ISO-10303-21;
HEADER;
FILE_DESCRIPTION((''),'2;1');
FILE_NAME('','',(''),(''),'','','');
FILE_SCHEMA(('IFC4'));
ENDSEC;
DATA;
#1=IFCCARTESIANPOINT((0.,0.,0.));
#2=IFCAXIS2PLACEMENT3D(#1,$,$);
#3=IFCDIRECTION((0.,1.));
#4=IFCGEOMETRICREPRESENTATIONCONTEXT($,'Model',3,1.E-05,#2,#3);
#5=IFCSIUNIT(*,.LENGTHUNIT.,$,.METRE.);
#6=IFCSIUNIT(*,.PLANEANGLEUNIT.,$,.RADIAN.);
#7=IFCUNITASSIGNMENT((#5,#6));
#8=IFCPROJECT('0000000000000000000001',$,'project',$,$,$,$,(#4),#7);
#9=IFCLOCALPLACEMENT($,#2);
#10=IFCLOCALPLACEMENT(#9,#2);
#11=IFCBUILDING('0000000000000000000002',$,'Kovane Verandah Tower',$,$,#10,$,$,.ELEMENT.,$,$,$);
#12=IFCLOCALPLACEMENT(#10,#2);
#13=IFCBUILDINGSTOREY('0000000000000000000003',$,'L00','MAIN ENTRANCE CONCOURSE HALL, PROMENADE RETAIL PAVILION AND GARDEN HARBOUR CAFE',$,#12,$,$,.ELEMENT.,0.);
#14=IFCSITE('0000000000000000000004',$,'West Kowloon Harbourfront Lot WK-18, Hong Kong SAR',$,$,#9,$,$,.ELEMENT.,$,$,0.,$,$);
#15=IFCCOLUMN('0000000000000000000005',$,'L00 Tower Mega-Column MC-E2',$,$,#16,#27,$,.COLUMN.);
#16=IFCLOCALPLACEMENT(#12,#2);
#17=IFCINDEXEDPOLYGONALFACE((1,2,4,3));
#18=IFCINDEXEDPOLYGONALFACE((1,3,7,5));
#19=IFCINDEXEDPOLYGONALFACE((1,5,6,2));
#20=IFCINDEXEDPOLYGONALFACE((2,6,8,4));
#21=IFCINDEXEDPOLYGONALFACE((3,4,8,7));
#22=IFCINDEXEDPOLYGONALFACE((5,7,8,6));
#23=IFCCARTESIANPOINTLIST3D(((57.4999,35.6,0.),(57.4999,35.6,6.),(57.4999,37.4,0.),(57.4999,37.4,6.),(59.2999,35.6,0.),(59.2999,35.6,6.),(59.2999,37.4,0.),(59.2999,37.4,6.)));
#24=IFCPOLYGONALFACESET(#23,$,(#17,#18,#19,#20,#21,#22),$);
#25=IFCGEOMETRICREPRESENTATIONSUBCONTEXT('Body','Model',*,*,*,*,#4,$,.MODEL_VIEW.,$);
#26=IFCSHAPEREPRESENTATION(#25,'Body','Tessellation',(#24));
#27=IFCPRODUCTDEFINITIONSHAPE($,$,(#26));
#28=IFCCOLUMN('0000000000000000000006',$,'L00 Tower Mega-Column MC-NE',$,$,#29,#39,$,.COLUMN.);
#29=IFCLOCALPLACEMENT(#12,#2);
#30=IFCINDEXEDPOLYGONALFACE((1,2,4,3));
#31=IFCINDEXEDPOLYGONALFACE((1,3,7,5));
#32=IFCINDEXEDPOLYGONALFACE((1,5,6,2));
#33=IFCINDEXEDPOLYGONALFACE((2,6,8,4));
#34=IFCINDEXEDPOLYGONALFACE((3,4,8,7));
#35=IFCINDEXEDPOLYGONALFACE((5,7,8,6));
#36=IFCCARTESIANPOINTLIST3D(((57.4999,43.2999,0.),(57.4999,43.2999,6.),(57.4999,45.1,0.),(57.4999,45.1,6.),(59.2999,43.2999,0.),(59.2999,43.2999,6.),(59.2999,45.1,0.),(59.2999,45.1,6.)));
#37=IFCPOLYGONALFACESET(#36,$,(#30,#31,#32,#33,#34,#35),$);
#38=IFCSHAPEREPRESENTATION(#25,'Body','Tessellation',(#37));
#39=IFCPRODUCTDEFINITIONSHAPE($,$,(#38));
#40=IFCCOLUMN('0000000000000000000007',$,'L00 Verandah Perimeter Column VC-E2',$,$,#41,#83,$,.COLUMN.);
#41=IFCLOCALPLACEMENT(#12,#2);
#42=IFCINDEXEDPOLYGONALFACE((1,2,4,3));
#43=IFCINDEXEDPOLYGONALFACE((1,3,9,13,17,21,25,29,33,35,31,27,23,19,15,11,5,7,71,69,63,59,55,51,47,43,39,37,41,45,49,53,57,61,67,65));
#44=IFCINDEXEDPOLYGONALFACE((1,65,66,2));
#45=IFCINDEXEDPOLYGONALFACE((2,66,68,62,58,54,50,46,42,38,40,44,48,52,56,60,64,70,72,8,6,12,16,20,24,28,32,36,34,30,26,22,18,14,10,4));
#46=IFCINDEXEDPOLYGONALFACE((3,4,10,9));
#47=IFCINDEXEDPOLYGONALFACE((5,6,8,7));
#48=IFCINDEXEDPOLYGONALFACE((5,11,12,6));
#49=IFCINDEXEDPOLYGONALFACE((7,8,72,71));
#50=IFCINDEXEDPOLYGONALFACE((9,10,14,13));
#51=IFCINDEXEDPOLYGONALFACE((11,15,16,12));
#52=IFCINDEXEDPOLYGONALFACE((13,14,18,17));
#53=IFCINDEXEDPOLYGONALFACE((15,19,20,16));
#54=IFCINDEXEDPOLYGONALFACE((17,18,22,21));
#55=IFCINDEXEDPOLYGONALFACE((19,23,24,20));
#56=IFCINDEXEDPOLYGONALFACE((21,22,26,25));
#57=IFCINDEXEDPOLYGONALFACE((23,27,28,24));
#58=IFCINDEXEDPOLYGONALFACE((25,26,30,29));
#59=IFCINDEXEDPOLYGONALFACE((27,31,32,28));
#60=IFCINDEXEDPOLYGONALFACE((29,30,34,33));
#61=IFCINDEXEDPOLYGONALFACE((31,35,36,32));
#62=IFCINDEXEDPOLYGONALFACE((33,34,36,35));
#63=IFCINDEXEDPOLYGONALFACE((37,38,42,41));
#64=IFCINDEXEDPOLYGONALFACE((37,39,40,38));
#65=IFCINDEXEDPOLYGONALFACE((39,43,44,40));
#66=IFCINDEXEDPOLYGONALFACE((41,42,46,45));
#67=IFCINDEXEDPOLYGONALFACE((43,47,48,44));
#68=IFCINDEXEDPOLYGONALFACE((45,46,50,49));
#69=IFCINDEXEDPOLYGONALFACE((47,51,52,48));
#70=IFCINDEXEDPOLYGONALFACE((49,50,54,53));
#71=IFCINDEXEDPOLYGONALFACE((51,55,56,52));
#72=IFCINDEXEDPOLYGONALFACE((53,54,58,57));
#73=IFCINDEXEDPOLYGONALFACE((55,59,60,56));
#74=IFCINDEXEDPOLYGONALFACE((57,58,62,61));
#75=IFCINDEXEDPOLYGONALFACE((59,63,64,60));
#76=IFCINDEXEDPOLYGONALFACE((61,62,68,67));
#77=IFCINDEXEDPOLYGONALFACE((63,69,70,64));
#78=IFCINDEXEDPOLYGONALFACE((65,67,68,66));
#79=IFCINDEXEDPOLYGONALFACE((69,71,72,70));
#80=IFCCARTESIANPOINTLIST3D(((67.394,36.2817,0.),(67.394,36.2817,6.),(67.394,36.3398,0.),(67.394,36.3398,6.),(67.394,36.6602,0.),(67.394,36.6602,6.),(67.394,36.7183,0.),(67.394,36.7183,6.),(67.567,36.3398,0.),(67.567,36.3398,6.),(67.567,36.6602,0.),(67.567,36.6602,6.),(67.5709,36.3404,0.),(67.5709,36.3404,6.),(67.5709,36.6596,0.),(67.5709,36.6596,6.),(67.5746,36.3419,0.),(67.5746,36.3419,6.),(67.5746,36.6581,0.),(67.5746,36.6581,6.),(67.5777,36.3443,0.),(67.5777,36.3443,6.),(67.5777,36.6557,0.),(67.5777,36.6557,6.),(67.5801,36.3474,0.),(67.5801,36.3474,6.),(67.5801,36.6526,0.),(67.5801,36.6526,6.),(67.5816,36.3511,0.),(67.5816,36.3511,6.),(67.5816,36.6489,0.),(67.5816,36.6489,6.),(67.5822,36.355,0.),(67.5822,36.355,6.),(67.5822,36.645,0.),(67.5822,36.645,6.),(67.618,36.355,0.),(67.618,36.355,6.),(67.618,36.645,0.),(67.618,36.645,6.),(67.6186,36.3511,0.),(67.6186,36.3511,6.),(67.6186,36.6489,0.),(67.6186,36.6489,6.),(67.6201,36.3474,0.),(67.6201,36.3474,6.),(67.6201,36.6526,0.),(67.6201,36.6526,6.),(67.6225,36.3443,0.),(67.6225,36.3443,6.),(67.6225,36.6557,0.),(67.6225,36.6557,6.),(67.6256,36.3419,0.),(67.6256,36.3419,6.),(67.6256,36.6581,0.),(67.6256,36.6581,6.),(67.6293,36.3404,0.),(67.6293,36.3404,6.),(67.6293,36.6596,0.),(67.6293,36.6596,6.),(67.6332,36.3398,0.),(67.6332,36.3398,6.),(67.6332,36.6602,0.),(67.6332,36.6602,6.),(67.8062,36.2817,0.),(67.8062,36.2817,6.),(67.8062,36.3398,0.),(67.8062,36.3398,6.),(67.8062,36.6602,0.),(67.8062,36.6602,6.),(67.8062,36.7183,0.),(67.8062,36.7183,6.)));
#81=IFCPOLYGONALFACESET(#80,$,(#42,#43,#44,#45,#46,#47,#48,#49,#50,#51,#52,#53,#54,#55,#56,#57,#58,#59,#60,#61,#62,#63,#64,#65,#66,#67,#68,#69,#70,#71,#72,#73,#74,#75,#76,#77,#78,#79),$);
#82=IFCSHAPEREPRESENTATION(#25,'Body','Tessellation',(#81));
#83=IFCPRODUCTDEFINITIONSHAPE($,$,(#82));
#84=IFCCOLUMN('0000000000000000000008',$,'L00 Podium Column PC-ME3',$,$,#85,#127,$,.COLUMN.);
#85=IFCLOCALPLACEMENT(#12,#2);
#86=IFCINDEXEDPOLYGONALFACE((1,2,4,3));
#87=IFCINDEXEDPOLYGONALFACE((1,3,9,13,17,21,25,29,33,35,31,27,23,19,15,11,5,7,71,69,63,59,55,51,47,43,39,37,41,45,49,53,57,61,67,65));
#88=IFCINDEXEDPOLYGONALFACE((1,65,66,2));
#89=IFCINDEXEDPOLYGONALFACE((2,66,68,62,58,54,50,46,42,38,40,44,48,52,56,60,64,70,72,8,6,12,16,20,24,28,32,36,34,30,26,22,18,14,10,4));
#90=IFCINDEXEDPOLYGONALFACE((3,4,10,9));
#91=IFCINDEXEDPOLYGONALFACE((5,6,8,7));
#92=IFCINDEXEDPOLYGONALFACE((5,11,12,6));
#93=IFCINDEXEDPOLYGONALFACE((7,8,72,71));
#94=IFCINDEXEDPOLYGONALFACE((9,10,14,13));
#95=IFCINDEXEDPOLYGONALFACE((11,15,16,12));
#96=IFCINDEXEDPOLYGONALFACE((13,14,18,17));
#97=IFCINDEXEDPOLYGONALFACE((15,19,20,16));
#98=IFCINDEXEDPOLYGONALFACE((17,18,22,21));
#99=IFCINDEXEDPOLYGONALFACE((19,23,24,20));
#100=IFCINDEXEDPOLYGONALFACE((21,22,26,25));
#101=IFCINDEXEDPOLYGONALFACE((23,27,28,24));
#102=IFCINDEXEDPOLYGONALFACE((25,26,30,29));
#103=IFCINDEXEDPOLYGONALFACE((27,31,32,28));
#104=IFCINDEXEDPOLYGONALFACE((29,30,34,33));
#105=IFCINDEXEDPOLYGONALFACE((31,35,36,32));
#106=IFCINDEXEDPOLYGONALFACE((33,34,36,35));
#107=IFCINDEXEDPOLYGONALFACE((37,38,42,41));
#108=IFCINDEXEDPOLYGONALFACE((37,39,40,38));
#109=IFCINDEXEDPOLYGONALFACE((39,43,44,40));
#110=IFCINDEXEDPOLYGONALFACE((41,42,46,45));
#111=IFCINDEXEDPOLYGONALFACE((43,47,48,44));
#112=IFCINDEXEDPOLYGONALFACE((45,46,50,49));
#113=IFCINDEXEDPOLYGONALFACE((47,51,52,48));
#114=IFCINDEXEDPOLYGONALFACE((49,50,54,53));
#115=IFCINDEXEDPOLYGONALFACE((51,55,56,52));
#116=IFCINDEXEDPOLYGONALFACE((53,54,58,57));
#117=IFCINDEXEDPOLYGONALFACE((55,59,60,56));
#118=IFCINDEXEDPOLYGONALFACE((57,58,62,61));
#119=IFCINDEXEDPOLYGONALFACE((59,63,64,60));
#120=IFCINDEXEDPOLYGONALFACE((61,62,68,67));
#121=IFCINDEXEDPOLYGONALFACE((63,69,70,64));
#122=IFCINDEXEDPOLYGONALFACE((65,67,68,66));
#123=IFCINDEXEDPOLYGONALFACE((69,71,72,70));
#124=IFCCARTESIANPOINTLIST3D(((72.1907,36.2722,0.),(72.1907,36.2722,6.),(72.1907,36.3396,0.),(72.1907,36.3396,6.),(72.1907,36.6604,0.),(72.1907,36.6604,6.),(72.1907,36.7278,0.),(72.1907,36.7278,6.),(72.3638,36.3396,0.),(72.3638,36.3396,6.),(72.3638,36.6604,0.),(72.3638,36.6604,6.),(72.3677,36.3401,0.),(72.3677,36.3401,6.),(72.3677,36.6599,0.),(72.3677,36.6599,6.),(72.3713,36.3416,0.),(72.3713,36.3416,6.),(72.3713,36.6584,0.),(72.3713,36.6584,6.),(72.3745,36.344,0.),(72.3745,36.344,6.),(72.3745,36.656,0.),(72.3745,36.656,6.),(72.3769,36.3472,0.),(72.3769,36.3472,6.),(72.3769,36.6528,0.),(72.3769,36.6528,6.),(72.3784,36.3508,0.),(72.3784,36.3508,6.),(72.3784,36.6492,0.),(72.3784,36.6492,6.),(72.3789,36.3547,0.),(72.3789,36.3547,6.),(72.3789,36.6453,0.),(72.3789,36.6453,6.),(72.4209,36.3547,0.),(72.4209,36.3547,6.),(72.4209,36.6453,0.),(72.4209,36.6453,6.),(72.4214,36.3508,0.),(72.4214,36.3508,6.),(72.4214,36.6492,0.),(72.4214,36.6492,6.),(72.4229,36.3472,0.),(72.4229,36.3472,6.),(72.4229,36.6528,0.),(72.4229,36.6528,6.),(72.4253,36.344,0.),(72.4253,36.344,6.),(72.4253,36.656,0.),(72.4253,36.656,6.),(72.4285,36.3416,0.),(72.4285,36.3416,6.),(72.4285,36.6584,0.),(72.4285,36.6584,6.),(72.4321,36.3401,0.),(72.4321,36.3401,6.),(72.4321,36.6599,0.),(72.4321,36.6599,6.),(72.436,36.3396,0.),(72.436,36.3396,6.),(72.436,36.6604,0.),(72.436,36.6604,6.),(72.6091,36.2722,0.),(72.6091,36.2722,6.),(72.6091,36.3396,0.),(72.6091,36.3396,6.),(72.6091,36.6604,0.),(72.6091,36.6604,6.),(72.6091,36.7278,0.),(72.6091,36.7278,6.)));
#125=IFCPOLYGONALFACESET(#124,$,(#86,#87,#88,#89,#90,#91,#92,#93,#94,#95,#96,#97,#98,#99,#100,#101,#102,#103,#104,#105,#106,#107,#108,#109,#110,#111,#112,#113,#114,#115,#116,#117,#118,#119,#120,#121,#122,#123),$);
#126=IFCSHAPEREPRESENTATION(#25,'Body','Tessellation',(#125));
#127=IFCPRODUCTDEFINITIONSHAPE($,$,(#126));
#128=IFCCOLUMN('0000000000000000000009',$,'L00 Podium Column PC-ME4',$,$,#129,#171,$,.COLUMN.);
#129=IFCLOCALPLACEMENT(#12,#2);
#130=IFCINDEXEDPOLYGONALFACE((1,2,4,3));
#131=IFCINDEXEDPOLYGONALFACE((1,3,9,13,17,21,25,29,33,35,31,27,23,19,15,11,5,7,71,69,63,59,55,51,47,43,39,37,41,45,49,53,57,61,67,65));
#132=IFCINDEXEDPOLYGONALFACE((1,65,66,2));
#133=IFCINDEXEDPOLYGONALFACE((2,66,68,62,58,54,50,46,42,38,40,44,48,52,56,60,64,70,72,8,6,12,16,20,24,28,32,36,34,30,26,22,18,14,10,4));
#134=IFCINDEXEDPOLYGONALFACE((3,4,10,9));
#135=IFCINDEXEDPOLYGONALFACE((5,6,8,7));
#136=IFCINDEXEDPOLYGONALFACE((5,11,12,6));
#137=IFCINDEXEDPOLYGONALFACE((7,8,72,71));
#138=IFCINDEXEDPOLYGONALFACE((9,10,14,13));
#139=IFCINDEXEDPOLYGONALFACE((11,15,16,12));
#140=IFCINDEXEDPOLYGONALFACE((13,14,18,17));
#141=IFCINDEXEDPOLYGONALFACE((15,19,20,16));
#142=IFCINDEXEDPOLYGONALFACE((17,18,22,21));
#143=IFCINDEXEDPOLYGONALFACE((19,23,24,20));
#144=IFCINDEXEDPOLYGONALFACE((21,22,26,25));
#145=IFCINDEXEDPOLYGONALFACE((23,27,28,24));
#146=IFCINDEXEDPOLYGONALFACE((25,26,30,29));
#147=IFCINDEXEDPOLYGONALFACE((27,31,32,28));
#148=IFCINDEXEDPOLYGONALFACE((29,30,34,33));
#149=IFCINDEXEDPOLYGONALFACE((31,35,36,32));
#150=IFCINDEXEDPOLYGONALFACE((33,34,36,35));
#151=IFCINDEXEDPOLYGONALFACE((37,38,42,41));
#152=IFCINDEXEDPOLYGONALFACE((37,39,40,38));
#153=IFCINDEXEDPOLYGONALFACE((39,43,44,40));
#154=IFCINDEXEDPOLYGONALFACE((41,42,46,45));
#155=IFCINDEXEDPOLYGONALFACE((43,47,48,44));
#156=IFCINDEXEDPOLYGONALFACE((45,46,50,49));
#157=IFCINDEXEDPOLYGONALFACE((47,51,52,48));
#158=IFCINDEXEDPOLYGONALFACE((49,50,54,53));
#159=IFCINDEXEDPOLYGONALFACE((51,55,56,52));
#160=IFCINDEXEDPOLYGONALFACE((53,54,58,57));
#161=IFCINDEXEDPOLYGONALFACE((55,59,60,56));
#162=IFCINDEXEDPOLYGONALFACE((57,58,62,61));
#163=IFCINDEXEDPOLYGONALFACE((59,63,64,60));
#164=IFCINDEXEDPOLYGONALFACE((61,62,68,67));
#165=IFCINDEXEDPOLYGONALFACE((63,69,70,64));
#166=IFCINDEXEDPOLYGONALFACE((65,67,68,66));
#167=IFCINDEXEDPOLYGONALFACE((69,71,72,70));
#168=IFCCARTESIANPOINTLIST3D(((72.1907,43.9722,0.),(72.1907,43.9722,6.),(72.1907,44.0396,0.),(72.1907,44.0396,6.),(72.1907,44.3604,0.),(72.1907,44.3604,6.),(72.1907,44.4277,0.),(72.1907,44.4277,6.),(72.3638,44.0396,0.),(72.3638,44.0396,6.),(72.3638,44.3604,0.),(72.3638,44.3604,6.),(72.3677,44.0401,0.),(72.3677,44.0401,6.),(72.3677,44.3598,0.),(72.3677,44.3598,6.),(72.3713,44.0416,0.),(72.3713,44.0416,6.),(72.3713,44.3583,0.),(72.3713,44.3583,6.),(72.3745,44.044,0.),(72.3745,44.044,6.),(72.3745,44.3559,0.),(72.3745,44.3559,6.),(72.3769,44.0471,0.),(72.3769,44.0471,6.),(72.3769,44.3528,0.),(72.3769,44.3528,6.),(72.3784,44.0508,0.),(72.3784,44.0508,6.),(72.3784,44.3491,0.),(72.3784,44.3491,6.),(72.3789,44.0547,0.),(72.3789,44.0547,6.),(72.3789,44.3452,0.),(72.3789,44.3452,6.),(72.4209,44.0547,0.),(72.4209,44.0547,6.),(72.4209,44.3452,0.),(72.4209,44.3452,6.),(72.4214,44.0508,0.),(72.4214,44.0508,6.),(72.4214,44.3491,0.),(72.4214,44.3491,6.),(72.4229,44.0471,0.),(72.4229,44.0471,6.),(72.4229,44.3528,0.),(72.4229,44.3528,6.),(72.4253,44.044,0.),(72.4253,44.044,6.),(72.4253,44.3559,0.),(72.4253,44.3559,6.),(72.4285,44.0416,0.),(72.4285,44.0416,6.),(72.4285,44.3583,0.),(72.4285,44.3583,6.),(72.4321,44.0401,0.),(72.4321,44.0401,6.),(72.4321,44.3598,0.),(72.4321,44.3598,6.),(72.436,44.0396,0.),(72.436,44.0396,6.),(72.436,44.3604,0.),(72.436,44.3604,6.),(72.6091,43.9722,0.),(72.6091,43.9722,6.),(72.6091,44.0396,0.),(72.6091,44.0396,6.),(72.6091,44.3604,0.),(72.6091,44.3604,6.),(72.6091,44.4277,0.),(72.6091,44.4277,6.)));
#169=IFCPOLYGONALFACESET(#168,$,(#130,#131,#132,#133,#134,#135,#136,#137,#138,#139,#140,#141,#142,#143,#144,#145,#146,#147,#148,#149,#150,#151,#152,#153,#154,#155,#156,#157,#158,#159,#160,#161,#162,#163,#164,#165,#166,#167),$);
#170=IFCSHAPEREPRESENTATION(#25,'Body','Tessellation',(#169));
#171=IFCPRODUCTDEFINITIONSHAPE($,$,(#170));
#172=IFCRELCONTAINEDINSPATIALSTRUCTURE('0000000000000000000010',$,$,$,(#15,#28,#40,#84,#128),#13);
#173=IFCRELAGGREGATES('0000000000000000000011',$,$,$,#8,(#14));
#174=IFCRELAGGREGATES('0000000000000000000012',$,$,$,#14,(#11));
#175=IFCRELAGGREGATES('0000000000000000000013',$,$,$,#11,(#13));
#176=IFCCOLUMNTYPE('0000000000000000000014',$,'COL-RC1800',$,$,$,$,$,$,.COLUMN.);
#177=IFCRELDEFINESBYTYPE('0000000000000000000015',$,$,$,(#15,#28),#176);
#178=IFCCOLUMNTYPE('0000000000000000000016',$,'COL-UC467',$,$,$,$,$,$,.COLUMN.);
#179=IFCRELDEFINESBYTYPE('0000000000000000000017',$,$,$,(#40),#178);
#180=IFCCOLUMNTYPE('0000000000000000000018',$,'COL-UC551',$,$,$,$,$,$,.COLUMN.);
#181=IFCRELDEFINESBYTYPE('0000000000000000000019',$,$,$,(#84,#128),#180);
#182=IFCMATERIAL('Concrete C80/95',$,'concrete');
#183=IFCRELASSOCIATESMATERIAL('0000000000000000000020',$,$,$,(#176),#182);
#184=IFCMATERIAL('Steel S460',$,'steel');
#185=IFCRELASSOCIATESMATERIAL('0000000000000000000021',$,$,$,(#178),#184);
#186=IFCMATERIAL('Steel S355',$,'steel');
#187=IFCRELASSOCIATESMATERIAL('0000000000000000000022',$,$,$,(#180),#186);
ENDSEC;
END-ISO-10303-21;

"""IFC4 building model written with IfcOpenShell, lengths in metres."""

from ifc_helpers import new_model, si_unit, direction, frame, origin, origin_2d, place, context, subcontext, project, spatial, rectangle, i_section, extrude, material, material_profile, profile_set, type_object, element, save


model = new_model("IFC4")

# Units and contexts
model_context = context("Model", 3, precision=1e-05, world=origin(), true_north=direction((0.0, 1.0)))
body_context = subcontext(model_context, "Body", "Model", "MODEL_VIEW")
ifc_project = project(units=[si_unit("LENGTHUNIT", "METRE"), si_unit("PLANEANGLEUNIT", "RADIAN")], contexts=[model_context])

# Site, building, storey
site_placement = place(None, origin())
site = spatial("IfcSite", under=ifc_project, at=site_placement, Name="West Kowloon Harbourfront Lot WK-18, Hong Kong SAR", CompositionType="ELEMENT", RefElevation=0.0)
building_placement = place(site_placement, origin())
building = spatial("IfcBuilding", under=site, at=building_placement, Name="Kovane Verandah Tower", CompositionType="ELEMENT")
storey_placement = place(building_placement, origin())
storey = spatial("IfcBuildingStorey", under=building, at=storey_placement, Name="L00", Description="MAIN ENTRANCE CONCOURSE HALL, PROMENADE RETAIL PAVILION AND GARDEN HARBOUR CAFE", CompositionType="ELEMENT", Elevation=0.0)

# Columns
ifc_material_1 = material(Name="Concrete C80/95", Category="concrete")
ifc_material_profile_1 = material_profile(ifc_material_1, rectangle(XDim=1.8, YDim=1.8, at=origin_2d()), Name="RC1800x1800")
ifc_profile_set_1 = profile_set([ifc_material_profile_1], Name="Concrete C80/95")
column_type_1 = type_object("IfcColumnType", Name="COL-RC1800", PredefinedType="COLUMN", material=ifc_profile_set_1)
for number, where, z_axis, x_axis, name in (
    (1, (58.3999, 36.5, 0.0), (0.0, 0.0, 1.0), (1.0, 0.0, 0.0), "L00 Tower Mega-Column MC-E2"),
    (2, (58.3999, 44.2, 0.0), (0.0, 0.0, 1.0), (1.0, 0.0, 0.0), "L00 Tower Mega-Column MC-NE"),
):
    element("IfcColumn", number, at=place(storey_placement, frame(where, z_axis=z_axis, x_axis=x_axis)), inside=storey, type_object=column_type_1, Name=name, PredefinedType="COLUMN", context=body_context, shape_type="SweptSolid", body=[
        extrude(rectangle(XDim=1.8, YDim=1.8, at=origin_2d()), origin(), (0.0, 0.0, 1.0), 6.0),
    ])
ifc_material_2 = material(Name="Steel S460", Category="steel")
ifc_material_profile_2 = material_profile(ifc_material_2, i_section(OverallWidth=0.4121, OverallDepth=0.4365, WebThickness=0.0359, FlangeThickness=0.0581, FilletRadius=0.0151, at=origin_2d()), Name="UC356x406x467")
ifc_profile_set_2 = profile_set([ifc_material_profile_2], Name="Steel S460")
column_type_2 = type_object("IfcColumnType", Name="COL-UC467", PredefinedType="COLUMN", material=ifc_profile_set_2)
column_placement = place(storey_placement, frame((67.6001, 36.5, 0.0), z_axis=(0.0, 0.0, 1.0), x_axis=(1.0, 0.0, 0.0)))
element("IfcColumn", 3, at=column_placement, inside=storey, type_object=column_type_2, Name="L00 Verandah Perimeter Column VC-E2", PredefinedType="COLUMN", context=body_context, shape_type="SweptSolid", body=[
    extrude(i_section(OverallWidth=0.4121, OverallDepth=0.4365, WebThickness=0.0359, FlangeThickness=0.0581, FilletRadius=0.0151, at=origin_2d()), origin(), (0.0, 0.0, 1.0), 6.0),
])
ifc_material_3 = material(Name="Steel S355", Category="steel")
ifc_material_profile_3 = material_profile(ifc_material_3, i_section(OverallWidth=0.4185, OverallDepth=0.4556, WebThickness=0.042, FlangeThickness=0.0674, FilletRadius=0.0151, at=origin_2d()), Name="UC356x406x551")
ifc_profile_set_3 = profile_set([ifc_material_profile_3], Name="Steel S355")
column_type_3 = type_object("IfcColumnType", Name="COL-UC551", PredefinedType="COLUMN", material=ifc_profile_set_3)
for number, where, z_axis, x_axis, name in (
    (4, (72.3999, 36.5, 0.0), (0.0, 0.0, 1.0), (1.0, 0.0, 0.0), "L00 Podium Column PC-ME3"),
    (5, (72.3999, 44.2, 0.0), (0.0, 0.0, 1.0), (1.0, 0.0, 0.0), "L00 Podium Column PC-ME4"),
):
    element("IfcColumn", number, at=place(storey_placement, frame(where, z_axis=z_axis, x_axis=x_axis)), inside=storey, type_object=column_type_3, Name=name, PredefinedType="COLUMN", context=body_context, shape_type="SweptSolid", body=[
        extrude(i_section(OverallWidth=0.4185, OverallDepth=0.4556, WebThickness=0.042, FlangeThickness=0.0674, FilletRadius=0.0151, at=origin_2d()), origin(), (0.0, 0.0, 1.0), 6.0),
    ])

save(model, "model.ifc")
